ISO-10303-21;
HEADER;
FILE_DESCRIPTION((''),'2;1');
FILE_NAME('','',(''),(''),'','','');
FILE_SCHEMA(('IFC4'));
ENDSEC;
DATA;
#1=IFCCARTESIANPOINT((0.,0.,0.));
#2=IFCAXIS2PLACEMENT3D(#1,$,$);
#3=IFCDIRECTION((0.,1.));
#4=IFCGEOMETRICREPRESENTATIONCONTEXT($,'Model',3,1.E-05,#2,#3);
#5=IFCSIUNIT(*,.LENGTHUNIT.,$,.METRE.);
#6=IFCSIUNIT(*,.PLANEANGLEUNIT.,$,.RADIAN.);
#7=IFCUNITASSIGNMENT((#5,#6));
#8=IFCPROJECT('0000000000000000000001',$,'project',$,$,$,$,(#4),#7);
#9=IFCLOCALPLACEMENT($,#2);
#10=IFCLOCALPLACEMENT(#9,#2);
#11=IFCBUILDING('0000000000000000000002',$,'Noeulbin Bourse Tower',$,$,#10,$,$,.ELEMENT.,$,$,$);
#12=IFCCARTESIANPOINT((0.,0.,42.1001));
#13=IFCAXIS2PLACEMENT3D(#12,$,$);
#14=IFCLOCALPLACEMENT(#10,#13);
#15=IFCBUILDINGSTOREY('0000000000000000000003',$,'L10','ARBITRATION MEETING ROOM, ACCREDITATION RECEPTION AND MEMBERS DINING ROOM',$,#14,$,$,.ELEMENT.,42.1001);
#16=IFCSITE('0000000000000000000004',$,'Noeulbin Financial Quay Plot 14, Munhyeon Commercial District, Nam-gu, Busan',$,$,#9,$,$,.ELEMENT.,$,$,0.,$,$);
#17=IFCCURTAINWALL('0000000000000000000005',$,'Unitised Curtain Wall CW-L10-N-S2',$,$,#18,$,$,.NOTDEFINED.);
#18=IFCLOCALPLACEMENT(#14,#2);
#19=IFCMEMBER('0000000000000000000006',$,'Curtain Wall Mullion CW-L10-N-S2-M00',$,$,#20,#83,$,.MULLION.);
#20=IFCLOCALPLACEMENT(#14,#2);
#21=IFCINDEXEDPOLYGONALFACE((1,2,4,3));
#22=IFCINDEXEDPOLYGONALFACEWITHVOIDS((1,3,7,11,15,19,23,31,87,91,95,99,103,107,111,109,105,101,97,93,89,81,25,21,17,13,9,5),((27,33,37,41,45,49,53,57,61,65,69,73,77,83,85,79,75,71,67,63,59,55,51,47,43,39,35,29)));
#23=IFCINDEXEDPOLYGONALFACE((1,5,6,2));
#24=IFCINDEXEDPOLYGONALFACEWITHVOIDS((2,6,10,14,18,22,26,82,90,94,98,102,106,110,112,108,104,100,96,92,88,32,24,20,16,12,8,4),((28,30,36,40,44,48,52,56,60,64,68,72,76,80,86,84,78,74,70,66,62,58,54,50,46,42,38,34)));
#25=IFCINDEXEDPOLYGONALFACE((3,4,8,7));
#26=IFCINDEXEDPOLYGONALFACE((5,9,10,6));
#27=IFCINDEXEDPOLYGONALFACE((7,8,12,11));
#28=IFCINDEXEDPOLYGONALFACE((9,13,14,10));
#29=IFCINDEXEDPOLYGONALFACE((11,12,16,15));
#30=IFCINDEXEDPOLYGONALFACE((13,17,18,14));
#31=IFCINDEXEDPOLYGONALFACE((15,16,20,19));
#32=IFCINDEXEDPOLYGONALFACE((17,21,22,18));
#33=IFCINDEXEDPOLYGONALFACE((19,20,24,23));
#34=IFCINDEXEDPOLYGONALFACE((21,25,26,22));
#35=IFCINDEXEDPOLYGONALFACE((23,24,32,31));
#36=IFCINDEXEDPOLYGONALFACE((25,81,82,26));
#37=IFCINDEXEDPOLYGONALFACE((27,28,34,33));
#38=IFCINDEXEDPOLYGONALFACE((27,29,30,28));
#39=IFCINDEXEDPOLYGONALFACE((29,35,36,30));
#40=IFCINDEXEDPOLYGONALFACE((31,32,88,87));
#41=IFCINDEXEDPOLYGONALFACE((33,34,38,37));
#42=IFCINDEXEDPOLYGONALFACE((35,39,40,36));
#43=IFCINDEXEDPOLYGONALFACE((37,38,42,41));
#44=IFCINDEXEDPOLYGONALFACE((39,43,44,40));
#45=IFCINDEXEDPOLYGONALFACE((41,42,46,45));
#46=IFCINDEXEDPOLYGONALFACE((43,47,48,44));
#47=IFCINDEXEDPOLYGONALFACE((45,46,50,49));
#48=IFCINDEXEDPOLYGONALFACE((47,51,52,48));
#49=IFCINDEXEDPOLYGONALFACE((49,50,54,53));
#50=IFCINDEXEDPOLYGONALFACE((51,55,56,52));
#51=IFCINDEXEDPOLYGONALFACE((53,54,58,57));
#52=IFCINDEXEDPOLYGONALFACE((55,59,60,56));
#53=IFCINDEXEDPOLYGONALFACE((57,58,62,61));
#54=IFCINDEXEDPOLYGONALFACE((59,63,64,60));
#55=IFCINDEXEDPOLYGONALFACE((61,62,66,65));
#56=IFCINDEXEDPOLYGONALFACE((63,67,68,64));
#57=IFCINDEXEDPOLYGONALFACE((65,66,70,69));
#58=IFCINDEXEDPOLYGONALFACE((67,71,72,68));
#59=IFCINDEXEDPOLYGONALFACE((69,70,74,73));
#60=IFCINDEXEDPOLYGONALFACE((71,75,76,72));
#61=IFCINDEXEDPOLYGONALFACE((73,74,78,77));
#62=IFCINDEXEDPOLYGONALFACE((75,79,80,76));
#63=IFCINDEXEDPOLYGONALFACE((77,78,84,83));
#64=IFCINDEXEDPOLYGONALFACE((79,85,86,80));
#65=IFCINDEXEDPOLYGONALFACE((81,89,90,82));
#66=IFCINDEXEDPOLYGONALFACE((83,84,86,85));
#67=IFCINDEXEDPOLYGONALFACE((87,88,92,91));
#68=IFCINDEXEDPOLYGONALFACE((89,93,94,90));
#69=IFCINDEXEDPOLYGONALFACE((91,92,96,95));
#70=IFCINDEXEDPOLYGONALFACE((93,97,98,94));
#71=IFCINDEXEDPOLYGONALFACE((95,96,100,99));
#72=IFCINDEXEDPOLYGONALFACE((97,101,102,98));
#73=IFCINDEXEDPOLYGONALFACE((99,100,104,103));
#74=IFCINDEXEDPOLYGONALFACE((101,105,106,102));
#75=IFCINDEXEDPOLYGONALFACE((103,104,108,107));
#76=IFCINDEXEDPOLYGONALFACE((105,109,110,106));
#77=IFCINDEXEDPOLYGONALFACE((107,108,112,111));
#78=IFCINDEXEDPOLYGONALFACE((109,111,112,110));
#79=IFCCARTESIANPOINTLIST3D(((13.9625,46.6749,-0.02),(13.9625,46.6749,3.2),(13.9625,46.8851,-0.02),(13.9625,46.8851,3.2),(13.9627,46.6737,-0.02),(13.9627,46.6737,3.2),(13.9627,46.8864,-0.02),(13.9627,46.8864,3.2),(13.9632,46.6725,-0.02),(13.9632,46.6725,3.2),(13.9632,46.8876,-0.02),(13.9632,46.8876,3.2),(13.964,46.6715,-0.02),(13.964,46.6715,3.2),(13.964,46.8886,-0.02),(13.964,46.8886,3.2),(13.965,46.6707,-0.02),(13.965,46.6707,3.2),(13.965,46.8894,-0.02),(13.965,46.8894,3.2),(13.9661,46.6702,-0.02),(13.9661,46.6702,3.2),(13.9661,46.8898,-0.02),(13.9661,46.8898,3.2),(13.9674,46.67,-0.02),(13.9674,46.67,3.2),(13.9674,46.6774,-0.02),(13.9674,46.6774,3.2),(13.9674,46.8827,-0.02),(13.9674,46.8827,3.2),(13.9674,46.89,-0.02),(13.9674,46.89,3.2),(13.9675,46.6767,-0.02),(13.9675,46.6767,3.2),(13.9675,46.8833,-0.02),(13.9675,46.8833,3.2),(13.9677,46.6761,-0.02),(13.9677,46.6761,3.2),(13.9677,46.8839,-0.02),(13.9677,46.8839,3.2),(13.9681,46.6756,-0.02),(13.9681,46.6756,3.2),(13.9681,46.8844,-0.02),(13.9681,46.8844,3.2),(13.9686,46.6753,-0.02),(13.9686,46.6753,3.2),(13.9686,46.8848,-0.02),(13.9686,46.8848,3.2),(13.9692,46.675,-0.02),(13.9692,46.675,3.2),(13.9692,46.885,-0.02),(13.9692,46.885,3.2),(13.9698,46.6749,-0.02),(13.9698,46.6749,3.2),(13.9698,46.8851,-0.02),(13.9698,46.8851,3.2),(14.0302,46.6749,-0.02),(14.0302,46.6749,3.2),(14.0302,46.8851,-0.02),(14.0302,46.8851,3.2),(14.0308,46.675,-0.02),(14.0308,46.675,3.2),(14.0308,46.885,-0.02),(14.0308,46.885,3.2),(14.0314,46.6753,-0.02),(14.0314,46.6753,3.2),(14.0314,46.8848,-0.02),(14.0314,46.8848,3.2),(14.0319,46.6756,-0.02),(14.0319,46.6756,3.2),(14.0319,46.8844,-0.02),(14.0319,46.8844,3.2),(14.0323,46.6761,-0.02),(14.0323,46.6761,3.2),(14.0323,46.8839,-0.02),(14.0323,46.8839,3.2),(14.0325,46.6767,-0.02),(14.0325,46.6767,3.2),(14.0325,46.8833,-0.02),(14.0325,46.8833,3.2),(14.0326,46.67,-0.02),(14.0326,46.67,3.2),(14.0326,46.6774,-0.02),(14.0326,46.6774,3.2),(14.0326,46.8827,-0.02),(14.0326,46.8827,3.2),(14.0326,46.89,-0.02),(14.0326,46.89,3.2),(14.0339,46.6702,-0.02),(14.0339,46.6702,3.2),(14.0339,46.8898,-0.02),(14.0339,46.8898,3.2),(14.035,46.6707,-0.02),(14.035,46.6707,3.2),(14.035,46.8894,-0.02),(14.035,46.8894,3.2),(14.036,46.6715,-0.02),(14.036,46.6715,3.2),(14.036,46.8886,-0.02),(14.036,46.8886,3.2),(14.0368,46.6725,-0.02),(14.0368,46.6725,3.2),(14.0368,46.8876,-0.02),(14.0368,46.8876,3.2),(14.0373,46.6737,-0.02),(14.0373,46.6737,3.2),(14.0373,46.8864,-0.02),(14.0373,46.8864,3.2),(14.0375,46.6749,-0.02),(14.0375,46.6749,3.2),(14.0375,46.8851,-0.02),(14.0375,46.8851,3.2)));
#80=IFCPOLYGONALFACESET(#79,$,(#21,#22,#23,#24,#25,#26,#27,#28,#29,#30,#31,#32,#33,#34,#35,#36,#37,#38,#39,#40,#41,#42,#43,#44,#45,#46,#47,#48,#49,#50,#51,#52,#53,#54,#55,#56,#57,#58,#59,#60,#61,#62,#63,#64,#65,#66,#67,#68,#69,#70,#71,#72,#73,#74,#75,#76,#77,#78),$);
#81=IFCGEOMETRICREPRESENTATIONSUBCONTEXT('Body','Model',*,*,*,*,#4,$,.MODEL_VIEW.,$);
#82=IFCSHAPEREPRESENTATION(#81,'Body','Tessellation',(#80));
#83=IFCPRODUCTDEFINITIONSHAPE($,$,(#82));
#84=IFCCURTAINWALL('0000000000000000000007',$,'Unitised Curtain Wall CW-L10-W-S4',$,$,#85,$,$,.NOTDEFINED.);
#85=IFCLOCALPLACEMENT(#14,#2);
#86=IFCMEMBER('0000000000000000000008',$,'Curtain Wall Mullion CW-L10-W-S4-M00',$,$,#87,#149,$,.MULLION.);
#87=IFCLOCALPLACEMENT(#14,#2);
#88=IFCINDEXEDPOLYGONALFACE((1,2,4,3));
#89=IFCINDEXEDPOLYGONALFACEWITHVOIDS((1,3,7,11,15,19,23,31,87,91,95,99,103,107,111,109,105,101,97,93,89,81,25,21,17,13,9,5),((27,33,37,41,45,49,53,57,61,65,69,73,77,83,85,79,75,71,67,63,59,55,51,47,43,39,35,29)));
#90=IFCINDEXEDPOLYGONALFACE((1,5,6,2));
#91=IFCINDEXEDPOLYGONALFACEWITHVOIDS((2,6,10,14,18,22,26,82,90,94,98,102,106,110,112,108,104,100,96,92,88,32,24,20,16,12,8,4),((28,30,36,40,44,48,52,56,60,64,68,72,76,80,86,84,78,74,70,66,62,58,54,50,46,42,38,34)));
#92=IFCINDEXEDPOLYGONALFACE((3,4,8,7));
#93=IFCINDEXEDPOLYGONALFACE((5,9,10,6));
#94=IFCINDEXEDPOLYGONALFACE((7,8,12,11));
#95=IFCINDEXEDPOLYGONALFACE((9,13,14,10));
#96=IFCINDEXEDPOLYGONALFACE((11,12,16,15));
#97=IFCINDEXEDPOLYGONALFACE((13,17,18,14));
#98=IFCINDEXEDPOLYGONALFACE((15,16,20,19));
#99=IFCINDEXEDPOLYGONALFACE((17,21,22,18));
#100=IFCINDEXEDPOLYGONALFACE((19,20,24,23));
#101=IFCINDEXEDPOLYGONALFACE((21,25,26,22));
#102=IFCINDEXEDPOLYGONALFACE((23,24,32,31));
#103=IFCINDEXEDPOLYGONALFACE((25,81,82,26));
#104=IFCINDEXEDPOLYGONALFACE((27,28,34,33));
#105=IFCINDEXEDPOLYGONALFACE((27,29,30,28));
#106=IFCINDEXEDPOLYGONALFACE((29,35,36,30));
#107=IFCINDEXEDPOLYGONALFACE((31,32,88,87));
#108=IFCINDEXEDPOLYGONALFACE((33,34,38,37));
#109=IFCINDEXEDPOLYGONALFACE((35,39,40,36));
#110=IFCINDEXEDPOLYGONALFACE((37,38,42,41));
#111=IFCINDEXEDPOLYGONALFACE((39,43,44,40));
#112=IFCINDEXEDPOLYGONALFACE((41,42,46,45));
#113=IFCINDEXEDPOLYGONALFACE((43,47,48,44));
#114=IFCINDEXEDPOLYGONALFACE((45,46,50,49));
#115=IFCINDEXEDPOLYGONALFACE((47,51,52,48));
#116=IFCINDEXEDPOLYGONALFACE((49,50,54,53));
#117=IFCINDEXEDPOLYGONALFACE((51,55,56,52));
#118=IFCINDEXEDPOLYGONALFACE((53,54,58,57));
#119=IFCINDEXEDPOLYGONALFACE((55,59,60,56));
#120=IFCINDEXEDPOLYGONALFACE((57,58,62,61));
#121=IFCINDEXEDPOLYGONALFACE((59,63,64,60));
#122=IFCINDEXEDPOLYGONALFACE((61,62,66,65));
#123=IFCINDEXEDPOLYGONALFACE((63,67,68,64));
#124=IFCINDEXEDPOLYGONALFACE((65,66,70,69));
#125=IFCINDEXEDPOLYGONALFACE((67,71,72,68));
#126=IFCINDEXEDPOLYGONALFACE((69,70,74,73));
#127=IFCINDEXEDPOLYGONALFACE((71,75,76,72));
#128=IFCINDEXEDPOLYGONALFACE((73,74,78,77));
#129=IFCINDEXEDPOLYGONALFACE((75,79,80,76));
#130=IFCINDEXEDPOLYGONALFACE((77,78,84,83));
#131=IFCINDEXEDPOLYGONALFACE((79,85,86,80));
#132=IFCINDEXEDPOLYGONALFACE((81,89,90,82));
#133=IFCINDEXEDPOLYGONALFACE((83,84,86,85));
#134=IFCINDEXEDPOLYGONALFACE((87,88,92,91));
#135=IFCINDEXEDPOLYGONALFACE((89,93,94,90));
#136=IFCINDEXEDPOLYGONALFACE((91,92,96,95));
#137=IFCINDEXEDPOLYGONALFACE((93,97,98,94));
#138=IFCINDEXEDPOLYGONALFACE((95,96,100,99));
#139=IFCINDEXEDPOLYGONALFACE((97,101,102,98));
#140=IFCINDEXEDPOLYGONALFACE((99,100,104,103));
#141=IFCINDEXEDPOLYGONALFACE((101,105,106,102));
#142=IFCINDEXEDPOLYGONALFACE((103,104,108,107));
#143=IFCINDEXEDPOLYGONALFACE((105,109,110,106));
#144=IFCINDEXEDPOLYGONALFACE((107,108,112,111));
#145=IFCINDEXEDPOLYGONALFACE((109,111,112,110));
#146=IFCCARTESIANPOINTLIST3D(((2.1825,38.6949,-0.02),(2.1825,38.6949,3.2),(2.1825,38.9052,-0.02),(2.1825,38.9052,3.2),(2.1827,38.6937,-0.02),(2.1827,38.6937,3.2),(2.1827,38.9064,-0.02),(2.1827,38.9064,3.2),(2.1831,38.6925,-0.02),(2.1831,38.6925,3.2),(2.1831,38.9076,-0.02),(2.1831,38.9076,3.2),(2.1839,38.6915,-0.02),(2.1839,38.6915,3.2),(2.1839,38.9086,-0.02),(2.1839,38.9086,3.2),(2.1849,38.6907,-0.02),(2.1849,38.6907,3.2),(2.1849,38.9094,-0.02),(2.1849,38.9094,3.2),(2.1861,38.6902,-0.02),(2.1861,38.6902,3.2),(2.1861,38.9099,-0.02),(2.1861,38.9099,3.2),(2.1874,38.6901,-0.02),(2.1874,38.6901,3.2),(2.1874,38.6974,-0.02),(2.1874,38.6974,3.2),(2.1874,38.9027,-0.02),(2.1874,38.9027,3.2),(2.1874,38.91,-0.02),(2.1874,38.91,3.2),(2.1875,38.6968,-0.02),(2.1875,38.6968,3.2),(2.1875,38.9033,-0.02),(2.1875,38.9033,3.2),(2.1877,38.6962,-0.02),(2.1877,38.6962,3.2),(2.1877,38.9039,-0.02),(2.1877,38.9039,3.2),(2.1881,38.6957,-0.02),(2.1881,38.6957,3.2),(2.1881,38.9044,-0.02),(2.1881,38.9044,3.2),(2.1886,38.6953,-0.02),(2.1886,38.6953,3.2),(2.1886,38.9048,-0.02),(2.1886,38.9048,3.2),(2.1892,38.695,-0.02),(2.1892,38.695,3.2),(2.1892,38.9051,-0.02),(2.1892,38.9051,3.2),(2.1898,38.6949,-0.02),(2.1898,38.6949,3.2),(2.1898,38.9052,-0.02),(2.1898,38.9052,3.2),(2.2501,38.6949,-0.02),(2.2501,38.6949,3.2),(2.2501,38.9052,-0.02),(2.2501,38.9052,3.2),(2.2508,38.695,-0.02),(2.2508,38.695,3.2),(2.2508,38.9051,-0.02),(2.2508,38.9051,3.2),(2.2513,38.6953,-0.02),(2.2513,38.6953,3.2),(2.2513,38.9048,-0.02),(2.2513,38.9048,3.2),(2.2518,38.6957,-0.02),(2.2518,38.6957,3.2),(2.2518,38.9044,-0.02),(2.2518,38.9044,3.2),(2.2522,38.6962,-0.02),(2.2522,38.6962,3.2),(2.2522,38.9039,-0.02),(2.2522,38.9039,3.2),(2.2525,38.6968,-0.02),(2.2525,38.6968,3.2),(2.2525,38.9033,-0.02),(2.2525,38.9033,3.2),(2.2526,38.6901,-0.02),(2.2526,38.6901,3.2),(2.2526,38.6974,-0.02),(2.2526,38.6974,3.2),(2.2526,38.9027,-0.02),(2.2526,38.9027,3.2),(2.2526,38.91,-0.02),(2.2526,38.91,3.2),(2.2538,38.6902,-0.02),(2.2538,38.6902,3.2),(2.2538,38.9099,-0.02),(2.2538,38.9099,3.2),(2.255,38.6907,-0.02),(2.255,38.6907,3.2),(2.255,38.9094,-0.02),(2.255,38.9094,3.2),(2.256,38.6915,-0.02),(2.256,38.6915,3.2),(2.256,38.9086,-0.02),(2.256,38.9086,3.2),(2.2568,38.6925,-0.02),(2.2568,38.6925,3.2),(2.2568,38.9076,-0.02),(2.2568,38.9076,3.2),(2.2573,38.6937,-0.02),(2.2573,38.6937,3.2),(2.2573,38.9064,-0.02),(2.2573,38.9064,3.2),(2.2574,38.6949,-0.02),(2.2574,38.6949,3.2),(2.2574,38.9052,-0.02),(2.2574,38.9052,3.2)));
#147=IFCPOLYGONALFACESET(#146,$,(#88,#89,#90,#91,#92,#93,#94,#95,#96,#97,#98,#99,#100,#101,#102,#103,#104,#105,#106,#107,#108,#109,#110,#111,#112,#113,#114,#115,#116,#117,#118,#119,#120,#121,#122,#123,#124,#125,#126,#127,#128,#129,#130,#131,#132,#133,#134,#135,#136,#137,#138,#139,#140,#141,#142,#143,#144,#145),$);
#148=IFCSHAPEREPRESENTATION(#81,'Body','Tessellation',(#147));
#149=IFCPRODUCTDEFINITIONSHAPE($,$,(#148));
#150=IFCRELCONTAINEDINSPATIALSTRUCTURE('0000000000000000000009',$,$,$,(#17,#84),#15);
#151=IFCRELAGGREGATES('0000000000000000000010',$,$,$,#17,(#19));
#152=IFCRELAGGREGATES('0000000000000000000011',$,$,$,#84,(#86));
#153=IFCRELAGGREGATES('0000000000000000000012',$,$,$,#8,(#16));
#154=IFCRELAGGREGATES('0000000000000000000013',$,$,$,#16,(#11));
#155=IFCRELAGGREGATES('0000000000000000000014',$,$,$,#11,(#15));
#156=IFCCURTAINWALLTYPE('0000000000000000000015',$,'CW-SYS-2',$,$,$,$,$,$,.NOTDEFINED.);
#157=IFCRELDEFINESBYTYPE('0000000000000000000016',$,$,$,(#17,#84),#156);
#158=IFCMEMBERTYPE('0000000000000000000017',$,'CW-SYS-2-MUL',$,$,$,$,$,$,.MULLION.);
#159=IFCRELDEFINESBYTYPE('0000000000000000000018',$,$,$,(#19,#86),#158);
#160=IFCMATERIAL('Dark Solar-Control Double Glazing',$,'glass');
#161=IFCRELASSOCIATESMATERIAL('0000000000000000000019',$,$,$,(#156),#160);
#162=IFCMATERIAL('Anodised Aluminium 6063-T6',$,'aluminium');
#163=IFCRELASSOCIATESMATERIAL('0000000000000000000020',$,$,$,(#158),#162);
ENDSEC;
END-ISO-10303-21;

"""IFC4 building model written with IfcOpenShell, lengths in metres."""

from ifc_helpers import new_model, si_unit, direction, frame, origin, origin_2d, place, context, subcontext, project, spatial, hollow_rectangle, extrude, material, material_profile, profile_set, type_object, element, aggregate, save


model = new_model("IFC4")

# Units and contexts
model_context = context("Model", 3, precision=1e-05, world=origin(), true_north=direction((0.0, 1.0)))
body_context = subcontext(model_context, "Body", "Model", "MODEL_VIEW")
ifc_project = project(units=[si_unit("LENGTHUNIT", "METRE"), si_unit("PLANEANGLEUNIT", "RADIAN")], contexts=[model_context])

# Site, building, storey
site_placement = place(None, origin())
site = spatial("IfcSite", under=ifc_project, at=site_placement, Name="Noeulbin Financial Quay Plot 14, Munhyeon Commercial District, Nam-gu, Busan", CompositionType="ELEMENT", RefElevation=0.0)
building_placement = place(site_placement, origin())
building = spatial("IfcBuilding", under=site, at=building_placement, Name="Noeulbin Bourse Tower", CompositionType="ELEMENT")
storey_placement = place(building_placement, frame((0.0, 0.0, 42.1001)))
storey = spatial("IfcBuildingStorey", under=building, at=storey_placement, Name="L10", Description="ARBITRATION MEETING ROOM, ACCREDITATION RECEPTION AND MEMBERS DINING ROOM", CompositionType="ELEMENT", Elevation=42.1001)

# Shared definitions
ifc_material_1 = material(Name="Dark Solar-Control Double Glazing", Category="glass")
curtain_wall_type = type_object("IfcCurtainWallType", Name="CW-SYS-2", PredefinedType="NOTDEFINED", material=ifc_material_1)
ifc_material_2 = material(Name="Anodised Aluminium 6063-T6", Category="aluminium")
ifc_material_profile_1 = material_profile(ifc_material_2, hollow_rectangle(XDim=0.075, YDim=0.22, WallThickness=0.0049, InnerFilletRadius=0.0024, OuterFilletRadius=0.0049, at=origin_2d()), Name="ALU-MULL-75x220x5", Category="LoadBearing")
ifc_profile_set_1 = profile_set([ifc_material_profile_1], Name="Anodised Aluminium 6063-T6")
member_type_1 = type_object("IfcMemberType", Name="CW-SYS-2-MUL", PredefinedType="MULLION", material=ifc_profile_set_1)

# Curtain wall, member
curtain_wall_1_placement = place(storey_placement, origin())
curtain_wall_1 = element("IfcCurtainWall", 1, at=curtain_wall_1_placement, inside=storey, type_object=curtain_wall_type, Name="Unitised Curtain Wall CW-L10-N-S2", PredefinedType="NOTDEFINED")
member_1_placement = place(storey_placement, frame((14.0, 46.78, -0.02), z_axis=(0.0, 0.0, 1.0), x_axis=(1.0, 0.0, 0.0)))
member_1 = element("IfcMember", 2, at=member_1_placement, type_object=member_type_1, Name="Curtain Wall Mullion CW-L10-N-S2-M00", PredefinedType="MULLION", context=body_context, shape_type="SweptSolid", body=[
    extrude(hollow_rectangle(XDim=0.075, YDim=0.22, WallThickness=0.0049, InnerFilletRadius=0.0024, OuterFilletRadius=0.0049, at=origin_2d()), origin(), (0.0, 0.0, 1.0), 3.22),
])

# Curtain wall, member
curtain_wall_2_placement = place(storey_placement, origin())
curtain_wall_2 = element("IfcCurtainWall", 3, at=curtain_wall_2_placement, inside=storey, type_object=curtain_wall_type, Name="Unitised Curtain Wall CW-L10-W-S4", PredefinedType="NOTDEFINED")
member_2_placement = place(storey_placement, frame((2.22, 38.8, -0.02), z_axis=(0.0, 0.0, 1.0), x_axis=(1.0, 0.0, 0.0)))
member_2 = element("IfcMember", 4, at=member_2_placement, type_object=member_type_1, Name="Curtain Wall Mullion CW-L10-W-S4-M00", PredefinedType="MULLION", context=body_context, shape_type="SweptSolid", body=[
    extrude(hollow_rectangle(XDim=0.075, YDim=0.22, WallThickness=0.0049, InnerFilletRadius=0.0024, OuterFilletRadius=0.0049, at=origin_2d()), origin(), (0.0, 0.0, 1.0), 3.22),
])

aggregate(curtain_wall_1, [member_1])

aggregate(curtain_wall_2, [member_2])

save(model, "model.ifc")
